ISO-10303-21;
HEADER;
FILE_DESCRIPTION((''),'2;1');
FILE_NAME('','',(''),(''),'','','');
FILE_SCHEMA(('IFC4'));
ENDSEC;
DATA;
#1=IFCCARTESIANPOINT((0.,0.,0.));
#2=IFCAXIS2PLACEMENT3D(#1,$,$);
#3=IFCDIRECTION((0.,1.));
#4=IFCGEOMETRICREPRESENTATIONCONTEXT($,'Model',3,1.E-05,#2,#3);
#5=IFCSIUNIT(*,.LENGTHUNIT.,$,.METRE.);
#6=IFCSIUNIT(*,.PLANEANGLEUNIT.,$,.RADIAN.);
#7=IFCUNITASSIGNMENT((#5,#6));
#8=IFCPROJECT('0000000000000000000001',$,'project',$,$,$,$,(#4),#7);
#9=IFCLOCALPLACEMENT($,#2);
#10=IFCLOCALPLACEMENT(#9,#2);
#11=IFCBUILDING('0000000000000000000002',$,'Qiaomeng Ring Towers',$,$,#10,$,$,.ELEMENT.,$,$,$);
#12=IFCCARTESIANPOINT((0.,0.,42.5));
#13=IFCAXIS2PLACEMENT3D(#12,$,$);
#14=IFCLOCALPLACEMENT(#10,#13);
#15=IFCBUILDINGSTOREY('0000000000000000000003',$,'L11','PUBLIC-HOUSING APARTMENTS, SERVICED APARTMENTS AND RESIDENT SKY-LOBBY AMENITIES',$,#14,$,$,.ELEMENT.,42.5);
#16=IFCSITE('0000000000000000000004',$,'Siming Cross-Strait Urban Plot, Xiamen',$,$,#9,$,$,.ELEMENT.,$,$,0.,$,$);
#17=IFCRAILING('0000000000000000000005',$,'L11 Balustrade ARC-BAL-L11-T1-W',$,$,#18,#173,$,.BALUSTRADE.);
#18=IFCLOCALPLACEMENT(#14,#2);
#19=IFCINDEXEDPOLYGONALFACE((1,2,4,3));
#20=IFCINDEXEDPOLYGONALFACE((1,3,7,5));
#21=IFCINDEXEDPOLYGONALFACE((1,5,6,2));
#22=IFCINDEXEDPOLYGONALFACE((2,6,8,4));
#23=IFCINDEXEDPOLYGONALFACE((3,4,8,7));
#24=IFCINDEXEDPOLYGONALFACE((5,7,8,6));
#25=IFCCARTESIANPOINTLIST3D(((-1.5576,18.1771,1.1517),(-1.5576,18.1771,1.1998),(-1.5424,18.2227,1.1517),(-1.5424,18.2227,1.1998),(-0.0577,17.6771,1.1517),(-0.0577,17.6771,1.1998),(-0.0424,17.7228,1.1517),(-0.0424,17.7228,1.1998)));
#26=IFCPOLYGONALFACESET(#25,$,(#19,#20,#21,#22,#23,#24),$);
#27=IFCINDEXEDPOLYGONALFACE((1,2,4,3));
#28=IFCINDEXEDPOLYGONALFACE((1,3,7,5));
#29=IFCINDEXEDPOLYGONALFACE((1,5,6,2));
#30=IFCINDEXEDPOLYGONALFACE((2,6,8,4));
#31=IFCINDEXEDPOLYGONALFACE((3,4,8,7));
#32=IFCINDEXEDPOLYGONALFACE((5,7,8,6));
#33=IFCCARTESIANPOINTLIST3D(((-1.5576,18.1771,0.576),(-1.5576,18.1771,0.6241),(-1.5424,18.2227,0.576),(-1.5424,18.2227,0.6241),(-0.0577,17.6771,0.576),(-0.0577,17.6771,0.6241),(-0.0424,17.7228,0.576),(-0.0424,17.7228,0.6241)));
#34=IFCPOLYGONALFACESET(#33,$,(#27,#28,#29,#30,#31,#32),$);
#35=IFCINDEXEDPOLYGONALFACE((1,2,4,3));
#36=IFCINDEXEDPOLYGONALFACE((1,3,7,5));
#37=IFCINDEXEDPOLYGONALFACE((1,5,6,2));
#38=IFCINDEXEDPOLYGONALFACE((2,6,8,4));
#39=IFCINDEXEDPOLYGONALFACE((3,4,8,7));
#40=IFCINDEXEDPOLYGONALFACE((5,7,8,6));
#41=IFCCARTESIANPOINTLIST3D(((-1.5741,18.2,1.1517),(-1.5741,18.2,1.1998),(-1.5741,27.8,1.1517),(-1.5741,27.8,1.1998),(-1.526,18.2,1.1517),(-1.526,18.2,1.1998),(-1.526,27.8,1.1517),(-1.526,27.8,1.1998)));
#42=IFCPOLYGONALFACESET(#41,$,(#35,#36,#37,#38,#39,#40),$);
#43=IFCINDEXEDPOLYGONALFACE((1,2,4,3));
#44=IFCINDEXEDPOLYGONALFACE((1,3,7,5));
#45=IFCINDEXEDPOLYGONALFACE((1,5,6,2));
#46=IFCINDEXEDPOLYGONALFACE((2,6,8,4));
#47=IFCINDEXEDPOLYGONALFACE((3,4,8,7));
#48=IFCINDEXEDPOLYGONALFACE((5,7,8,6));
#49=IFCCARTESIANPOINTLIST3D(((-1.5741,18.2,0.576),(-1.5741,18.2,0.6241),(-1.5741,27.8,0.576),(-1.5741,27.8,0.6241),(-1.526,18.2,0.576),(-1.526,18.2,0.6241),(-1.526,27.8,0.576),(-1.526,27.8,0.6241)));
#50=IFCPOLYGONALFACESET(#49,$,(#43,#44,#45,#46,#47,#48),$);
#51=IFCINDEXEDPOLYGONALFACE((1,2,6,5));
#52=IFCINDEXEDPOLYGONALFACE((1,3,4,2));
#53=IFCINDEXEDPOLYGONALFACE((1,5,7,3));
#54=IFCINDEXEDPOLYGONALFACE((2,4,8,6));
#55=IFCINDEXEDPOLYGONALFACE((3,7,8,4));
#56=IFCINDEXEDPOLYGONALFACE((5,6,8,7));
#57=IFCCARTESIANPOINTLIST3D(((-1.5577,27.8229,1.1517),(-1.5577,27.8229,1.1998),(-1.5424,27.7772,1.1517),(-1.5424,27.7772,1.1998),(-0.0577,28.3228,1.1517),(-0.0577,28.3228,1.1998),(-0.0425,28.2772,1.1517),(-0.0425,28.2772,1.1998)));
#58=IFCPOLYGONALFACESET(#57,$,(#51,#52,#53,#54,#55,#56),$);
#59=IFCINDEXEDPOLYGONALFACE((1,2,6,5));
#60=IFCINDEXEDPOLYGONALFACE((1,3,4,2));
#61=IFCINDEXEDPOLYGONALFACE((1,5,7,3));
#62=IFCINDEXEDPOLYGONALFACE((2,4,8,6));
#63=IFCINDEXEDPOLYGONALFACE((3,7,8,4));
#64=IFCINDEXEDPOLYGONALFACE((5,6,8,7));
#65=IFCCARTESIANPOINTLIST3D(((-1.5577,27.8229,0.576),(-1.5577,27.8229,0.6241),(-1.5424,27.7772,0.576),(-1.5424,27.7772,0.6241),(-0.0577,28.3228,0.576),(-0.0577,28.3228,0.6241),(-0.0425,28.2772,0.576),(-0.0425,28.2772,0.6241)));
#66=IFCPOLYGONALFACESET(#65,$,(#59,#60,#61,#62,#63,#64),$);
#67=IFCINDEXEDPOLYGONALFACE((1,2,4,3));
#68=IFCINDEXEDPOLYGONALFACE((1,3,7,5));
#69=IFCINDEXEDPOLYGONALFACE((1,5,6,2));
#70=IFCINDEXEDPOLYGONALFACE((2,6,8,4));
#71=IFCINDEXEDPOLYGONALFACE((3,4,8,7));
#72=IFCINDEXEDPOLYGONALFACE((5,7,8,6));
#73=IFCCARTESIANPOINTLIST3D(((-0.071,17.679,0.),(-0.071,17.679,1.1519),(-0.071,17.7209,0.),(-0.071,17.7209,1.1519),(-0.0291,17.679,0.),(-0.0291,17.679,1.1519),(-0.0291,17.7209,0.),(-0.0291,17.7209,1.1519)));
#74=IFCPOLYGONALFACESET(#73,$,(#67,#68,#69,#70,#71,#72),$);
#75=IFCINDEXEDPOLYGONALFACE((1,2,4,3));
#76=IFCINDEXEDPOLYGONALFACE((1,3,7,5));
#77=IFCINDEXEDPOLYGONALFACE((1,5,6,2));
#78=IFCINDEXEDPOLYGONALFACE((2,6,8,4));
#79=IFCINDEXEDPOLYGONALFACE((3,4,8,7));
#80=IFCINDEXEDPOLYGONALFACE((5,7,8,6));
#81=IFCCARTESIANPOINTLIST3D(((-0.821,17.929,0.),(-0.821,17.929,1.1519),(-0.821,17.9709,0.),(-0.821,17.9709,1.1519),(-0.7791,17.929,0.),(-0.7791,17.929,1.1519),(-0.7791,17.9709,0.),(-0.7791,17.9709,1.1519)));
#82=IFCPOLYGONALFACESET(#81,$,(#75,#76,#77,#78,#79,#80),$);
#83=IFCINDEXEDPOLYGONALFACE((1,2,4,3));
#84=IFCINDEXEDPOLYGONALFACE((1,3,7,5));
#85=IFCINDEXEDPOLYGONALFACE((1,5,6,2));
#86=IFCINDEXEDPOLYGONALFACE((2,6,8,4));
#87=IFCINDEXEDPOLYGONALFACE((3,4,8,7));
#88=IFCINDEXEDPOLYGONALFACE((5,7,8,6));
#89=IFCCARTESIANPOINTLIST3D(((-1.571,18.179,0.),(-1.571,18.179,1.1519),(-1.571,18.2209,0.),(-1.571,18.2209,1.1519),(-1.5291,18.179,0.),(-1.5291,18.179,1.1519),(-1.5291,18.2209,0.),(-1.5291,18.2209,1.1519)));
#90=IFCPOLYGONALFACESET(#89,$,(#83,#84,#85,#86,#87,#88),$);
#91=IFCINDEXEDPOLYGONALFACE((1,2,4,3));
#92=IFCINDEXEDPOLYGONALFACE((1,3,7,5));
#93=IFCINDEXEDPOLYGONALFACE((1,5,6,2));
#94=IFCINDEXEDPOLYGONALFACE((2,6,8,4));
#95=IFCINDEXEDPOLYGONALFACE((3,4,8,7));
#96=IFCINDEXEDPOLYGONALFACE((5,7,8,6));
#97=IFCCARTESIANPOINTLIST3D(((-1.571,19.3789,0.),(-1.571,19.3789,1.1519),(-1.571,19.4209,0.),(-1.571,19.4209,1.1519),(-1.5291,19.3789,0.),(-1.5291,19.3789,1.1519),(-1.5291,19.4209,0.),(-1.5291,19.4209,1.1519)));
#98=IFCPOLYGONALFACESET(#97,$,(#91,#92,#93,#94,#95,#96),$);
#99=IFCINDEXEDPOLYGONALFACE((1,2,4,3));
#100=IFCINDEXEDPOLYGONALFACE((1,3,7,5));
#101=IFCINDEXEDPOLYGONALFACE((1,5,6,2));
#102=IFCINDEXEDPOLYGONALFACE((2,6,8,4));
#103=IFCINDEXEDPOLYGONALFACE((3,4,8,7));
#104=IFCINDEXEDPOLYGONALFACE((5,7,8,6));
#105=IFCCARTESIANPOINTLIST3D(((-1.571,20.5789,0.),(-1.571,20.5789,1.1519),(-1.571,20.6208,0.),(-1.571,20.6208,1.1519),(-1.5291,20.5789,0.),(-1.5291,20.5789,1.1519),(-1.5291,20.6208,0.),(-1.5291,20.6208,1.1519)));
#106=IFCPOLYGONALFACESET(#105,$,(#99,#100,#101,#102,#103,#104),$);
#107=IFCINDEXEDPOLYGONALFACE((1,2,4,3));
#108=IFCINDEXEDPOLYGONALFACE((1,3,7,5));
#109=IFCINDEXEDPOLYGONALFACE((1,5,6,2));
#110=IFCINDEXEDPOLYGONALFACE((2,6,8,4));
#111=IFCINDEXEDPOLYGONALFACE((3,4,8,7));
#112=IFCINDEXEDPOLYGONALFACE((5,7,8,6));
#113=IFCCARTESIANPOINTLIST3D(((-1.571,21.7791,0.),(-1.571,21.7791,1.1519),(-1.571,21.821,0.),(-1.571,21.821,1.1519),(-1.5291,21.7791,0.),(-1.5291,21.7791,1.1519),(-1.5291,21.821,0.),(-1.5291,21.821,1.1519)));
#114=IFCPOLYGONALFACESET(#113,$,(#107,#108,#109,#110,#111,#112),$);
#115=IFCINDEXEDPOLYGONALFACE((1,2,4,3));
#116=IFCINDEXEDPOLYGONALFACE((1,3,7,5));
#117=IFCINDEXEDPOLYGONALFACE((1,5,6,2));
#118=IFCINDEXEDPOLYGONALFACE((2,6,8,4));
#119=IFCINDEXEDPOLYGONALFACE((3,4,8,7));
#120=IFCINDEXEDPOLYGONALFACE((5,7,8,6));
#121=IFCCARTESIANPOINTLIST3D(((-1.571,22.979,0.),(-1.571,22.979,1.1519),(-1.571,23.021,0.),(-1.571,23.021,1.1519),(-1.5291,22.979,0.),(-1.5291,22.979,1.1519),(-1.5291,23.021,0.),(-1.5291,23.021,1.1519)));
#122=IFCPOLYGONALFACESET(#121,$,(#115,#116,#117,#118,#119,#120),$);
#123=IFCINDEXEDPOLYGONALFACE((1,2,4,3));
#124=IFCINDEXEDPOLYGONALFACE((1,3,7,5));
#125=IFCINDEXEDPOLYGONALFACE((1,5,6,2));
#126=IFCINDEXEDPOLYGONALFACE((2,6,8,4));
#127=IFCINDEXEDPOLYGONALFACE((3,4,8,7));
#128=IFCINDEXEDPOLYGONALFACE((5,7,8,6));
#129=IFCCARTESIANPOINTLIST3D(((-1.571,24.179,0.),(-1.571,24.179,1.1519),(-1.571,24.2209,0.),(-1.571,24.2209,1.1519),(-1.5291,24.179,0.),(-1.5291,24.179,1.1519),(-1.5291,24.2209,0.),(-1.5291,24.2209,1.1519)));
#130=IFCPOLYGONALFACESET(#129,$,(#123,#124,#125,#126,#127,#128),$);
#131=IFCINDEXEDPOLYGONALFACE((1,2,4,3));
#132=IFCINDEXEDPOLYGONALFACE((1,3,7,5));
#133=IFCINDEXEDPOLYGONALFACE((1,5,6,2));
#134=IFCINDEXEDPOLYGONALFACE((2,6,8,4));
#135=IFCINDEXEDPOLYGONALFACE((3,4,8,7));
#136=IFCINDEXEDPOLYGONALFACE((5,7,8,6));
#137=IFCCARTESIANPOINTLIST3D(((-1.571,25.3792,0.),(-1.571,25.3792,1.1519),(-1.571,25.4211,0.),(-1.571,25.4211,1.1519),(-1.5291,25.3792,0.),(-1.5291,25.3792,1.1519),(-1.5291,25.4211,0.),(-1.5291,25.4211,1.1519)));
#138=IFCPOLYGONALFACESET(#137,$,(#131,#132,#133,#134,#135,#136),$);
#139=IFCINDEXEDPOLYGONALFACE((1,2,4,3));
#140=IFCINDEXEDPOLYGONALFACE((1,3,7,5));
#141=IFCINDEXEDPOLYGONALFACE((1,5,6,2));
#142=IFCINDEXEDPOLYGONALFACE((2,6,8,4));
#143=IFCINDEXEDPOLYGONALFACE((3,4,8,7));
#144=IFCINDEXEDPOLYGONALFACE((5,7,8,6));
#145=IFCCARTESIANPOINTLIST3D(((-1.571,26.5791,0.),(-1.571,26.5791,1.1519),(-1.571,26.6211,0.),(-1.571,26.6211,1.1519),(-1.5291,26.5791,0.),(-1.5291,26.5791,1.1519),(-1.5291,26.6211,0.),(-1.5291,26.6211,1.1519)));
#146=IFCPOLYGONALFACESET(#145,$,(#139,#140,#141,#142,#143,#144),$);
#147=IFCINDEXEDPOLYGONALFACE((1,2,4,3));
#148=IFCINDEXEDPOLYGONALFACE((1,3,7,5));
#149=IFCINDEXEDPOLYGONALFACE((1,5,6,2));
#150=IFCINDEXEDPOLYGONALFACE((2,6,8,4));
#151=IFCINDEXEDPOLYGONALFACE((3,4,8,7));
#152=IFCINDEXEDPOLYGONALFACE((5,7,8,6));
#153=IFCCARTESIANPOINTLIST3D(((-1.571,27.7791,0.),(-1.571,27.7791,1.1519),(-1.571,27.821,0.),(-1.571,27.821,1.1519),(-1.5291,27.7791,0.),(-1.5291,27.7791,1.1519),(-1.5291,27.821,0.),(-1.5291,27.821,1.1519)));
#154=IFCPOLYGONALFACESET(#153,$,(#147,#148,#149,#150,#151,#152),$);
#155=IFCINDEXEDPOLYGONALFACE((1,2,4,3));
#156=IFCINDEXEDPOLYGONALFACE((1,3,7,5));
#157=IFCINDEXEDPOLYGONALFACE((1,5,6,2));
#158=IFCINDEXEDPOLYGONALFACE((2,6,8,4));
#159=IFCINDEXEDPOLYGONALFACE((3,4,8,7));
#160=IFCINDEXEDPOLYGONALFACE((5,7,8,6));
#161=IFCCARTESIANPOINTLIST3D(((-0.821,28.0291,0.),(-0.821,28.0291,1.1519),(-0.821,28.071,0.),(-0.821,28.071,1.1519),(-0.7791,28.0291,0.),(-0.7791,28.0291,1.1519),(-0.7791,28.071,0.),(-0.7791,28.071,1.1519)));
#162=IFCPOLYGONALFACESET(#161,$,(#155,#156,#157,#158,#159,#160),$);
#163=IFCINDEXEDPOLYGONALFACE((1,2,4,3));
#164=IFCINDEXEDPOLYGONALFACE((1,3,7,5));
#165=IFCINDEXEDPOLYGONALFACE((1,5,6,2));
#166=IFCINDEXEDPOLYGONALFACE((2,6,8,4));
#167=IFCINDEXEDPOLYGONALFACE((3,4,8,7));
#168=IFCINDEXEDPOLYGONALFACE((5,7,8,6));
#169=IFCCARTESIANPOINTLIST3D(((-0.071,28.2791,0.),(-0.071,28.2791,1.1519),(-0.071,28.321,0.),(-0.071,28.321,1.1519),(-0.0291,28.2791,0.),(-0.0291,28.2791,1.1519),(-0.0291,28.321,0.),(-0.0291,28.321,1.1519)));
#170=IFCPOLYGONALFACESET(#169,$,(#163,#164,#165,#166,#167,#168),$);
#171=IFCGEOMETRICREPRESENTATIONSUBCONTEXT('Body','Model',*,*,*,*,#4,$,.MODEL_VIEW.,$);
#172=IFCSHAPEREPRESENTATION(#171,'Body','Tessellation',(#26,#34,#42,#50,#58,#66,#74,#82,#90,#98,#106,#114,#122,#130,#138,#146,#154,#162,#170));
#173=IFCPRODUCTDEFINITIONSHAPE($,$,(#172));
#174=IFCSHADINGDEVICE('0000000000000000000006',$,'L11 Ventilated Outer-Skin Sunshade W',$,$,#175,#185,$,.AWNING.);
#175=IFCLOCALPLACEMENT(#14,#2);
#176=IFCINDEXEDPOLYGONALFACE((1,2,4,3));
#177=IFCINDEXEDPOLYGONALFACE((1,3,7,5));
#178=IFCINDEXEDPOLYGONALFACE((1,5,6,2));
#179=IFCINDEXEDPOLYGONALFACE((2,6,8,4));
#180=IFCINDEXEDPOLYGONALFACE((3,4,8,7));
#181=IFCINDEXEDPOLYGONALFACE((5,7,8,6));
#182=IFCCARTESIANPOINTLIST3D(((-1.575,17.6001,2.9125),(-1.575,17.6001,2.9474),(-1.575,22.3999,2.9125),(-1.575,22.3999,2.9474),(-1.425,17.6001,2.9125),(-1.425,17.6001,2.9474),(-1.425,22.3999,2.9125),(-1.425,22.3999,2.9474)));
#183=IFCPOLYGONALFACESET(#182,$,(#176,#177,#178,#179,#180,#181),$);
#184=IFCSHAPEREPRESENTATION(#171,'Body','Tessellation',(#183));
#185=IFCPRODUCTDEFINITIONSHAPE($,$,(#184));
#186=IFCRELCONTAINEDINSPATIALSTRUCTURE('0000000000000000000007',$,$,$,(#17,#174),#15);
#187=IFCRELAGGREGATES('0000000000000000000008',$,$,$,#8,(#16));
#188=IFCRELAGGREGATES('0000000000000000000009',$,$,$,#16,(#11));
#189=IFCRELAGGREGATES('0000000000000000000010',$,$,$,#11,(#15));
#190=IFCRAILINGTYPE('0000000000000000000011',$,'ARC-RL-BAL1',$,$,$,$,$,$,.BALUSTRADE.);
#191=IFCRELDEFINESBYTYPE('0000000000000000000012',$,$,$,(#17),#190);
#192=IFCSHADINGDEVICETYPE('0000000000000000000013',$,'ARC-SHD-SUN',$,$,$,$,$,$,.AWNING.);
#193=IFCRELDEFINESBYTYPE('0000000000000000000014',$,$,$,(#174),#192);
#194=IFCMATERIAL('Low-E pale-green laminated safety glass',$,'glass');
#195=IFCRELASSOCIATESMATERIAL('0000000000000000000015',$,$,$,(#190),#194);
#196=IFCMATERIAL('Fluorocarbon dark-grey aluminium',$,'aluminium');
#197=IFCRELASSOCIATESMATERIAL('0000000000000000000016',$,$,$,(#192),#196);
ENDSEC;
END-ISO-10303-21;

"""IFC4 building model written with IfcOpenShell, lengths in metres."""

from ifc_helpers import new_model, si_unit, direction, frame, origin, origin_2d, place, context, subcontext, project, spatial, rectangle, extrude, source, transform, mapped, material, material_profile, profile_set, type_object, element, save


model = new_model("IFC4")

# Units and contexts
model_context = context("Model", 3, precision=1e-05, world=origin(), true_north=direction((0.0, 1.0)))
body_context = subcontext(model_context, "Body", "Model", "MODEL_VIEW")
ifc_project = project(units=[si_unit("LENGTHUNIT", "METRE"), si_unit("PLANEANGLEUNIT", "RADIAN")], contexts=[model_context])

# Site, building, storey
site_placement = place(None, origin())
site = spatial("IfcSite", under=ifc_project, at=site_placement, Name="Siming Cross-Strait Urban Plot, Xiamen", CompositionType="ELEMENT", RefElevation=0.0)
building_placement = place(site_placement, origin())
building = spatial("IfcBuilding", under=site, at=building_placement, Name="Qiaomeng Ring Towers", CompositionType="ELEMENT")
storey_placement = place(building_placement, frame((0.0, 0.0, 42.5)))
storey = spatial("IfcBuildingStorey", under=building, at=storey_placement, Name="L11", Description="PUBLIC-HOUSING APARTMENTS, SERVICED APARTMENTS AND RESIDENT SKY-LOBBY AMENITIES", CompositionType="ELEMENT", Elevation=42.5)

# Shared definitions
ifc_material_1 = material(Name="Fluorocarbon dark-grey aluminium", Category="aluminium")

# Railing
ifc_material_2 = material(Name="Low-E pale-green laminated safety glass", Category="glass")
railing_type = type_object("IfcRailingType", Name="ARC-RL-BAL1", PredefinedType="BALUSTRADE", material=ifc_material_2)
railing_1_placement = place(storey_placement, frame((-0.05, 17.7, 0.0)))
element("IfcRailing", 1, at=railing_1_placement, inside=storey, type_object=railing_type, Name="L11 Balustrade ARC-BAL-L11-T1-W", PredefinedType="BALUSTRADE", context=body_context, shape_type="SweptSolid", body=[
    extrude(rectangle(XDim=0.0481, YDim=0.0481, at=origin_2d()), frame((0.0, 0.0, 1.1758), z_axis=(-0.948683, 0.316228, 0.0), x_axis=(-0.316228, -0.948683, 0.0)), (0.0, 0.0, 1.0), 1.5811),
    extrude(rectangle(XDim=0.0481, YDim=0.0481, at=origin_2d()), frame((0.0, 0.0, 0.6001), z_axis=(-0.948683, 0.316228, 0.0), x_axis=(-0.316228, -0.948683, 0.0)), (0.0, 0.0, 1.0), 1.5811),
    extrude(rectangle(XDim=0.0481, YDim=0.0481, at=origin_2d()), frame((-1.5, 0.5, 1.1758), z_axis=(0.0, 1.0, 0.0), x_axis=(-1.0, 0.0, 0.0)), (0.0, 0.0, 1.0), 9.6001),
    extrude(rectangle(XDim=0.0481, YDim=0.0481, at=origin_2d()), frame((-1.5, 0.5, 0.6001), z_axis=(0.0, 1.0, 0.0), x_axis=(-1.0, 0.0, 0.0)), (0.0, 0.0, 1.0), 9.6001),
    extrude(rectangle(XDim=0.0481, YDim=0.0481, at=origin_2d()), frame((-1.5, 10.1001, 1.1758), z_axis=(0.948683, 0.316228, 0.0), x_axis=(-0.316228, 0.948683, 0.0)), (0.0, 0.0, 1.0), 1.5811),
    extrude(rectangle(XDim=0.0481, YDim=0.0481, at=origin_2d()), frame((-1.5, 10.1001, 0.6001), z_axis=(0.948683, 0.316228, 0.0), x_axis=(-0.316228, 0.948683, 0.0)), (0.0, 0.0, 1.0), 1.5811),
    extrude(rectangle(XDim=0.042, YDim=0.042, at=origin_2d()), origin(), (0.0, 0.0, 1.0), 1.1519),
    extrude(rectangle(XDim=0.042, YDim=0.042, at=origin_2d()), frame((-0.75, 0.25, 0.0)), (0.0, 0.0, 1.0), 1.1519),
    extrude(rectangle(XDim=0.042, YDim=0.042, at=origin_2d()), frame((-1.5, 0.5, 0.0)), (0.0, 0.0, 1.0), 1.1519),
    extrude(rectangle(XDim=0.042, YDim=0.042, at=origin_2d()), frame((-1.5, 1.7, 0.0)), (0.0, 0.0, 1.0), 1.1519),
    extrude(rectangle(XDim=0.042, YDim=0.042, at=origin_2d()), frame((-1.5, 2.8999, 0.0)), (0.0, 0.0, 1.0), 1.1519),
    extrude(rectangle(XDim=0.042, YDim=0.042, at=origin_2d()), frame((-1.5, 4.1001, 0.0)), (0.0, 0.0, 1.0), 1.1519),
    extrude(rectangle(XDim=0.042, YDim=0.042, at=origin_2d()), frame((-1.5, 5.3, 0.0)), (0.0, 0.0, 1.0), 1.1519),
    extrude(rectangle(XDim=0.042, YDim=0.042, at=origin_2d()), frame((-1.5, 6.5, 0.0)), (0.0, 0.0, 1.0), 1.1519),
    extrude(rectangle(XDim=0.042, YDim=0.042, at=origin_2d()), frame((-1.5, 7.7002, 0.0)), (0.0, 0.0, 1.0), 1.1519),
    extrude(rectangle(XDim=0.042, YDim=0.042, at=origin_2d()), frame((-1.5, 8.9001, 0.0)), (0.0, 0.0, 1.0), 1.1519),
    extrude(rectangle(XDim=0.042, YDim=0.042, at=origin_2d()), frame((-1.5, 10.1001, 0.0)), (0.0, 0.0, 1.0), 1.1519),
    extrude(rectangle(XDim=0.042, YDim=0.042, at=origin_2d()), frame((-0.75, 10.3501, 0.0)), (0.0, 0.0, 1.0), 1.1519),
    extrude(rectangle(XDim=0.042, YDim=0.042, at=origin_2d()), frame((0.0, 10.6001, 0.0)), (0.0, 0.0, 1.0), 1.1519),
])

# Shading device
ifc_material_profile_1 = material_profile(ifc_material_1, rectangle(XDim=0.1499, YDim=0.0349, at=origin_2d()), Name="LV BLADE 150x35")
ifc_profile_set_1 = profile_set([ifc_material_profile_1], Name="Fluorocarbon dark-grey aluminium")
shading_device_type = type_object("IfcShadingDeviceType", Name="ARC-SHD-SUN", PredefinedType="AWNING", material=ifc_profile_set_1)
shared_shape_1 = source(origin(), body_context, "Body", "SweptSolid", [
    extrude(rectangle(XDim=0.1499, YDim=0.0349, at=origin_2d()), origin(), (0.0, 0.0, 1.0), 4.7998),
])
shading_device_placement = place(storey_placement, frame((-1.5, 17.6001, 2.9299), z_axis=(0.0, 1.0, 0.0), x_axis=(-1.0, 0.0, 0.0)))
element("IfcShadingDevice", 2, at=shading_device_placement, inside=storey, type_object=shading_device_type, Name="L11 Ventilated Outer-Skin Sunshade W", PredefinedType="AWNING", context=body_context, shape_type="MappedRepresentation", body=[
    mapped(shared_shape_1, transform((0.0, 0.0, 0.0), x_axis=(1.0, 0.0, 0.0), y_axis=(0.0, 1.0, 0.0), z_axis=(0.0, 0.0, 1.0), scale=1.0)),
])

save(model, "model.ifc")
